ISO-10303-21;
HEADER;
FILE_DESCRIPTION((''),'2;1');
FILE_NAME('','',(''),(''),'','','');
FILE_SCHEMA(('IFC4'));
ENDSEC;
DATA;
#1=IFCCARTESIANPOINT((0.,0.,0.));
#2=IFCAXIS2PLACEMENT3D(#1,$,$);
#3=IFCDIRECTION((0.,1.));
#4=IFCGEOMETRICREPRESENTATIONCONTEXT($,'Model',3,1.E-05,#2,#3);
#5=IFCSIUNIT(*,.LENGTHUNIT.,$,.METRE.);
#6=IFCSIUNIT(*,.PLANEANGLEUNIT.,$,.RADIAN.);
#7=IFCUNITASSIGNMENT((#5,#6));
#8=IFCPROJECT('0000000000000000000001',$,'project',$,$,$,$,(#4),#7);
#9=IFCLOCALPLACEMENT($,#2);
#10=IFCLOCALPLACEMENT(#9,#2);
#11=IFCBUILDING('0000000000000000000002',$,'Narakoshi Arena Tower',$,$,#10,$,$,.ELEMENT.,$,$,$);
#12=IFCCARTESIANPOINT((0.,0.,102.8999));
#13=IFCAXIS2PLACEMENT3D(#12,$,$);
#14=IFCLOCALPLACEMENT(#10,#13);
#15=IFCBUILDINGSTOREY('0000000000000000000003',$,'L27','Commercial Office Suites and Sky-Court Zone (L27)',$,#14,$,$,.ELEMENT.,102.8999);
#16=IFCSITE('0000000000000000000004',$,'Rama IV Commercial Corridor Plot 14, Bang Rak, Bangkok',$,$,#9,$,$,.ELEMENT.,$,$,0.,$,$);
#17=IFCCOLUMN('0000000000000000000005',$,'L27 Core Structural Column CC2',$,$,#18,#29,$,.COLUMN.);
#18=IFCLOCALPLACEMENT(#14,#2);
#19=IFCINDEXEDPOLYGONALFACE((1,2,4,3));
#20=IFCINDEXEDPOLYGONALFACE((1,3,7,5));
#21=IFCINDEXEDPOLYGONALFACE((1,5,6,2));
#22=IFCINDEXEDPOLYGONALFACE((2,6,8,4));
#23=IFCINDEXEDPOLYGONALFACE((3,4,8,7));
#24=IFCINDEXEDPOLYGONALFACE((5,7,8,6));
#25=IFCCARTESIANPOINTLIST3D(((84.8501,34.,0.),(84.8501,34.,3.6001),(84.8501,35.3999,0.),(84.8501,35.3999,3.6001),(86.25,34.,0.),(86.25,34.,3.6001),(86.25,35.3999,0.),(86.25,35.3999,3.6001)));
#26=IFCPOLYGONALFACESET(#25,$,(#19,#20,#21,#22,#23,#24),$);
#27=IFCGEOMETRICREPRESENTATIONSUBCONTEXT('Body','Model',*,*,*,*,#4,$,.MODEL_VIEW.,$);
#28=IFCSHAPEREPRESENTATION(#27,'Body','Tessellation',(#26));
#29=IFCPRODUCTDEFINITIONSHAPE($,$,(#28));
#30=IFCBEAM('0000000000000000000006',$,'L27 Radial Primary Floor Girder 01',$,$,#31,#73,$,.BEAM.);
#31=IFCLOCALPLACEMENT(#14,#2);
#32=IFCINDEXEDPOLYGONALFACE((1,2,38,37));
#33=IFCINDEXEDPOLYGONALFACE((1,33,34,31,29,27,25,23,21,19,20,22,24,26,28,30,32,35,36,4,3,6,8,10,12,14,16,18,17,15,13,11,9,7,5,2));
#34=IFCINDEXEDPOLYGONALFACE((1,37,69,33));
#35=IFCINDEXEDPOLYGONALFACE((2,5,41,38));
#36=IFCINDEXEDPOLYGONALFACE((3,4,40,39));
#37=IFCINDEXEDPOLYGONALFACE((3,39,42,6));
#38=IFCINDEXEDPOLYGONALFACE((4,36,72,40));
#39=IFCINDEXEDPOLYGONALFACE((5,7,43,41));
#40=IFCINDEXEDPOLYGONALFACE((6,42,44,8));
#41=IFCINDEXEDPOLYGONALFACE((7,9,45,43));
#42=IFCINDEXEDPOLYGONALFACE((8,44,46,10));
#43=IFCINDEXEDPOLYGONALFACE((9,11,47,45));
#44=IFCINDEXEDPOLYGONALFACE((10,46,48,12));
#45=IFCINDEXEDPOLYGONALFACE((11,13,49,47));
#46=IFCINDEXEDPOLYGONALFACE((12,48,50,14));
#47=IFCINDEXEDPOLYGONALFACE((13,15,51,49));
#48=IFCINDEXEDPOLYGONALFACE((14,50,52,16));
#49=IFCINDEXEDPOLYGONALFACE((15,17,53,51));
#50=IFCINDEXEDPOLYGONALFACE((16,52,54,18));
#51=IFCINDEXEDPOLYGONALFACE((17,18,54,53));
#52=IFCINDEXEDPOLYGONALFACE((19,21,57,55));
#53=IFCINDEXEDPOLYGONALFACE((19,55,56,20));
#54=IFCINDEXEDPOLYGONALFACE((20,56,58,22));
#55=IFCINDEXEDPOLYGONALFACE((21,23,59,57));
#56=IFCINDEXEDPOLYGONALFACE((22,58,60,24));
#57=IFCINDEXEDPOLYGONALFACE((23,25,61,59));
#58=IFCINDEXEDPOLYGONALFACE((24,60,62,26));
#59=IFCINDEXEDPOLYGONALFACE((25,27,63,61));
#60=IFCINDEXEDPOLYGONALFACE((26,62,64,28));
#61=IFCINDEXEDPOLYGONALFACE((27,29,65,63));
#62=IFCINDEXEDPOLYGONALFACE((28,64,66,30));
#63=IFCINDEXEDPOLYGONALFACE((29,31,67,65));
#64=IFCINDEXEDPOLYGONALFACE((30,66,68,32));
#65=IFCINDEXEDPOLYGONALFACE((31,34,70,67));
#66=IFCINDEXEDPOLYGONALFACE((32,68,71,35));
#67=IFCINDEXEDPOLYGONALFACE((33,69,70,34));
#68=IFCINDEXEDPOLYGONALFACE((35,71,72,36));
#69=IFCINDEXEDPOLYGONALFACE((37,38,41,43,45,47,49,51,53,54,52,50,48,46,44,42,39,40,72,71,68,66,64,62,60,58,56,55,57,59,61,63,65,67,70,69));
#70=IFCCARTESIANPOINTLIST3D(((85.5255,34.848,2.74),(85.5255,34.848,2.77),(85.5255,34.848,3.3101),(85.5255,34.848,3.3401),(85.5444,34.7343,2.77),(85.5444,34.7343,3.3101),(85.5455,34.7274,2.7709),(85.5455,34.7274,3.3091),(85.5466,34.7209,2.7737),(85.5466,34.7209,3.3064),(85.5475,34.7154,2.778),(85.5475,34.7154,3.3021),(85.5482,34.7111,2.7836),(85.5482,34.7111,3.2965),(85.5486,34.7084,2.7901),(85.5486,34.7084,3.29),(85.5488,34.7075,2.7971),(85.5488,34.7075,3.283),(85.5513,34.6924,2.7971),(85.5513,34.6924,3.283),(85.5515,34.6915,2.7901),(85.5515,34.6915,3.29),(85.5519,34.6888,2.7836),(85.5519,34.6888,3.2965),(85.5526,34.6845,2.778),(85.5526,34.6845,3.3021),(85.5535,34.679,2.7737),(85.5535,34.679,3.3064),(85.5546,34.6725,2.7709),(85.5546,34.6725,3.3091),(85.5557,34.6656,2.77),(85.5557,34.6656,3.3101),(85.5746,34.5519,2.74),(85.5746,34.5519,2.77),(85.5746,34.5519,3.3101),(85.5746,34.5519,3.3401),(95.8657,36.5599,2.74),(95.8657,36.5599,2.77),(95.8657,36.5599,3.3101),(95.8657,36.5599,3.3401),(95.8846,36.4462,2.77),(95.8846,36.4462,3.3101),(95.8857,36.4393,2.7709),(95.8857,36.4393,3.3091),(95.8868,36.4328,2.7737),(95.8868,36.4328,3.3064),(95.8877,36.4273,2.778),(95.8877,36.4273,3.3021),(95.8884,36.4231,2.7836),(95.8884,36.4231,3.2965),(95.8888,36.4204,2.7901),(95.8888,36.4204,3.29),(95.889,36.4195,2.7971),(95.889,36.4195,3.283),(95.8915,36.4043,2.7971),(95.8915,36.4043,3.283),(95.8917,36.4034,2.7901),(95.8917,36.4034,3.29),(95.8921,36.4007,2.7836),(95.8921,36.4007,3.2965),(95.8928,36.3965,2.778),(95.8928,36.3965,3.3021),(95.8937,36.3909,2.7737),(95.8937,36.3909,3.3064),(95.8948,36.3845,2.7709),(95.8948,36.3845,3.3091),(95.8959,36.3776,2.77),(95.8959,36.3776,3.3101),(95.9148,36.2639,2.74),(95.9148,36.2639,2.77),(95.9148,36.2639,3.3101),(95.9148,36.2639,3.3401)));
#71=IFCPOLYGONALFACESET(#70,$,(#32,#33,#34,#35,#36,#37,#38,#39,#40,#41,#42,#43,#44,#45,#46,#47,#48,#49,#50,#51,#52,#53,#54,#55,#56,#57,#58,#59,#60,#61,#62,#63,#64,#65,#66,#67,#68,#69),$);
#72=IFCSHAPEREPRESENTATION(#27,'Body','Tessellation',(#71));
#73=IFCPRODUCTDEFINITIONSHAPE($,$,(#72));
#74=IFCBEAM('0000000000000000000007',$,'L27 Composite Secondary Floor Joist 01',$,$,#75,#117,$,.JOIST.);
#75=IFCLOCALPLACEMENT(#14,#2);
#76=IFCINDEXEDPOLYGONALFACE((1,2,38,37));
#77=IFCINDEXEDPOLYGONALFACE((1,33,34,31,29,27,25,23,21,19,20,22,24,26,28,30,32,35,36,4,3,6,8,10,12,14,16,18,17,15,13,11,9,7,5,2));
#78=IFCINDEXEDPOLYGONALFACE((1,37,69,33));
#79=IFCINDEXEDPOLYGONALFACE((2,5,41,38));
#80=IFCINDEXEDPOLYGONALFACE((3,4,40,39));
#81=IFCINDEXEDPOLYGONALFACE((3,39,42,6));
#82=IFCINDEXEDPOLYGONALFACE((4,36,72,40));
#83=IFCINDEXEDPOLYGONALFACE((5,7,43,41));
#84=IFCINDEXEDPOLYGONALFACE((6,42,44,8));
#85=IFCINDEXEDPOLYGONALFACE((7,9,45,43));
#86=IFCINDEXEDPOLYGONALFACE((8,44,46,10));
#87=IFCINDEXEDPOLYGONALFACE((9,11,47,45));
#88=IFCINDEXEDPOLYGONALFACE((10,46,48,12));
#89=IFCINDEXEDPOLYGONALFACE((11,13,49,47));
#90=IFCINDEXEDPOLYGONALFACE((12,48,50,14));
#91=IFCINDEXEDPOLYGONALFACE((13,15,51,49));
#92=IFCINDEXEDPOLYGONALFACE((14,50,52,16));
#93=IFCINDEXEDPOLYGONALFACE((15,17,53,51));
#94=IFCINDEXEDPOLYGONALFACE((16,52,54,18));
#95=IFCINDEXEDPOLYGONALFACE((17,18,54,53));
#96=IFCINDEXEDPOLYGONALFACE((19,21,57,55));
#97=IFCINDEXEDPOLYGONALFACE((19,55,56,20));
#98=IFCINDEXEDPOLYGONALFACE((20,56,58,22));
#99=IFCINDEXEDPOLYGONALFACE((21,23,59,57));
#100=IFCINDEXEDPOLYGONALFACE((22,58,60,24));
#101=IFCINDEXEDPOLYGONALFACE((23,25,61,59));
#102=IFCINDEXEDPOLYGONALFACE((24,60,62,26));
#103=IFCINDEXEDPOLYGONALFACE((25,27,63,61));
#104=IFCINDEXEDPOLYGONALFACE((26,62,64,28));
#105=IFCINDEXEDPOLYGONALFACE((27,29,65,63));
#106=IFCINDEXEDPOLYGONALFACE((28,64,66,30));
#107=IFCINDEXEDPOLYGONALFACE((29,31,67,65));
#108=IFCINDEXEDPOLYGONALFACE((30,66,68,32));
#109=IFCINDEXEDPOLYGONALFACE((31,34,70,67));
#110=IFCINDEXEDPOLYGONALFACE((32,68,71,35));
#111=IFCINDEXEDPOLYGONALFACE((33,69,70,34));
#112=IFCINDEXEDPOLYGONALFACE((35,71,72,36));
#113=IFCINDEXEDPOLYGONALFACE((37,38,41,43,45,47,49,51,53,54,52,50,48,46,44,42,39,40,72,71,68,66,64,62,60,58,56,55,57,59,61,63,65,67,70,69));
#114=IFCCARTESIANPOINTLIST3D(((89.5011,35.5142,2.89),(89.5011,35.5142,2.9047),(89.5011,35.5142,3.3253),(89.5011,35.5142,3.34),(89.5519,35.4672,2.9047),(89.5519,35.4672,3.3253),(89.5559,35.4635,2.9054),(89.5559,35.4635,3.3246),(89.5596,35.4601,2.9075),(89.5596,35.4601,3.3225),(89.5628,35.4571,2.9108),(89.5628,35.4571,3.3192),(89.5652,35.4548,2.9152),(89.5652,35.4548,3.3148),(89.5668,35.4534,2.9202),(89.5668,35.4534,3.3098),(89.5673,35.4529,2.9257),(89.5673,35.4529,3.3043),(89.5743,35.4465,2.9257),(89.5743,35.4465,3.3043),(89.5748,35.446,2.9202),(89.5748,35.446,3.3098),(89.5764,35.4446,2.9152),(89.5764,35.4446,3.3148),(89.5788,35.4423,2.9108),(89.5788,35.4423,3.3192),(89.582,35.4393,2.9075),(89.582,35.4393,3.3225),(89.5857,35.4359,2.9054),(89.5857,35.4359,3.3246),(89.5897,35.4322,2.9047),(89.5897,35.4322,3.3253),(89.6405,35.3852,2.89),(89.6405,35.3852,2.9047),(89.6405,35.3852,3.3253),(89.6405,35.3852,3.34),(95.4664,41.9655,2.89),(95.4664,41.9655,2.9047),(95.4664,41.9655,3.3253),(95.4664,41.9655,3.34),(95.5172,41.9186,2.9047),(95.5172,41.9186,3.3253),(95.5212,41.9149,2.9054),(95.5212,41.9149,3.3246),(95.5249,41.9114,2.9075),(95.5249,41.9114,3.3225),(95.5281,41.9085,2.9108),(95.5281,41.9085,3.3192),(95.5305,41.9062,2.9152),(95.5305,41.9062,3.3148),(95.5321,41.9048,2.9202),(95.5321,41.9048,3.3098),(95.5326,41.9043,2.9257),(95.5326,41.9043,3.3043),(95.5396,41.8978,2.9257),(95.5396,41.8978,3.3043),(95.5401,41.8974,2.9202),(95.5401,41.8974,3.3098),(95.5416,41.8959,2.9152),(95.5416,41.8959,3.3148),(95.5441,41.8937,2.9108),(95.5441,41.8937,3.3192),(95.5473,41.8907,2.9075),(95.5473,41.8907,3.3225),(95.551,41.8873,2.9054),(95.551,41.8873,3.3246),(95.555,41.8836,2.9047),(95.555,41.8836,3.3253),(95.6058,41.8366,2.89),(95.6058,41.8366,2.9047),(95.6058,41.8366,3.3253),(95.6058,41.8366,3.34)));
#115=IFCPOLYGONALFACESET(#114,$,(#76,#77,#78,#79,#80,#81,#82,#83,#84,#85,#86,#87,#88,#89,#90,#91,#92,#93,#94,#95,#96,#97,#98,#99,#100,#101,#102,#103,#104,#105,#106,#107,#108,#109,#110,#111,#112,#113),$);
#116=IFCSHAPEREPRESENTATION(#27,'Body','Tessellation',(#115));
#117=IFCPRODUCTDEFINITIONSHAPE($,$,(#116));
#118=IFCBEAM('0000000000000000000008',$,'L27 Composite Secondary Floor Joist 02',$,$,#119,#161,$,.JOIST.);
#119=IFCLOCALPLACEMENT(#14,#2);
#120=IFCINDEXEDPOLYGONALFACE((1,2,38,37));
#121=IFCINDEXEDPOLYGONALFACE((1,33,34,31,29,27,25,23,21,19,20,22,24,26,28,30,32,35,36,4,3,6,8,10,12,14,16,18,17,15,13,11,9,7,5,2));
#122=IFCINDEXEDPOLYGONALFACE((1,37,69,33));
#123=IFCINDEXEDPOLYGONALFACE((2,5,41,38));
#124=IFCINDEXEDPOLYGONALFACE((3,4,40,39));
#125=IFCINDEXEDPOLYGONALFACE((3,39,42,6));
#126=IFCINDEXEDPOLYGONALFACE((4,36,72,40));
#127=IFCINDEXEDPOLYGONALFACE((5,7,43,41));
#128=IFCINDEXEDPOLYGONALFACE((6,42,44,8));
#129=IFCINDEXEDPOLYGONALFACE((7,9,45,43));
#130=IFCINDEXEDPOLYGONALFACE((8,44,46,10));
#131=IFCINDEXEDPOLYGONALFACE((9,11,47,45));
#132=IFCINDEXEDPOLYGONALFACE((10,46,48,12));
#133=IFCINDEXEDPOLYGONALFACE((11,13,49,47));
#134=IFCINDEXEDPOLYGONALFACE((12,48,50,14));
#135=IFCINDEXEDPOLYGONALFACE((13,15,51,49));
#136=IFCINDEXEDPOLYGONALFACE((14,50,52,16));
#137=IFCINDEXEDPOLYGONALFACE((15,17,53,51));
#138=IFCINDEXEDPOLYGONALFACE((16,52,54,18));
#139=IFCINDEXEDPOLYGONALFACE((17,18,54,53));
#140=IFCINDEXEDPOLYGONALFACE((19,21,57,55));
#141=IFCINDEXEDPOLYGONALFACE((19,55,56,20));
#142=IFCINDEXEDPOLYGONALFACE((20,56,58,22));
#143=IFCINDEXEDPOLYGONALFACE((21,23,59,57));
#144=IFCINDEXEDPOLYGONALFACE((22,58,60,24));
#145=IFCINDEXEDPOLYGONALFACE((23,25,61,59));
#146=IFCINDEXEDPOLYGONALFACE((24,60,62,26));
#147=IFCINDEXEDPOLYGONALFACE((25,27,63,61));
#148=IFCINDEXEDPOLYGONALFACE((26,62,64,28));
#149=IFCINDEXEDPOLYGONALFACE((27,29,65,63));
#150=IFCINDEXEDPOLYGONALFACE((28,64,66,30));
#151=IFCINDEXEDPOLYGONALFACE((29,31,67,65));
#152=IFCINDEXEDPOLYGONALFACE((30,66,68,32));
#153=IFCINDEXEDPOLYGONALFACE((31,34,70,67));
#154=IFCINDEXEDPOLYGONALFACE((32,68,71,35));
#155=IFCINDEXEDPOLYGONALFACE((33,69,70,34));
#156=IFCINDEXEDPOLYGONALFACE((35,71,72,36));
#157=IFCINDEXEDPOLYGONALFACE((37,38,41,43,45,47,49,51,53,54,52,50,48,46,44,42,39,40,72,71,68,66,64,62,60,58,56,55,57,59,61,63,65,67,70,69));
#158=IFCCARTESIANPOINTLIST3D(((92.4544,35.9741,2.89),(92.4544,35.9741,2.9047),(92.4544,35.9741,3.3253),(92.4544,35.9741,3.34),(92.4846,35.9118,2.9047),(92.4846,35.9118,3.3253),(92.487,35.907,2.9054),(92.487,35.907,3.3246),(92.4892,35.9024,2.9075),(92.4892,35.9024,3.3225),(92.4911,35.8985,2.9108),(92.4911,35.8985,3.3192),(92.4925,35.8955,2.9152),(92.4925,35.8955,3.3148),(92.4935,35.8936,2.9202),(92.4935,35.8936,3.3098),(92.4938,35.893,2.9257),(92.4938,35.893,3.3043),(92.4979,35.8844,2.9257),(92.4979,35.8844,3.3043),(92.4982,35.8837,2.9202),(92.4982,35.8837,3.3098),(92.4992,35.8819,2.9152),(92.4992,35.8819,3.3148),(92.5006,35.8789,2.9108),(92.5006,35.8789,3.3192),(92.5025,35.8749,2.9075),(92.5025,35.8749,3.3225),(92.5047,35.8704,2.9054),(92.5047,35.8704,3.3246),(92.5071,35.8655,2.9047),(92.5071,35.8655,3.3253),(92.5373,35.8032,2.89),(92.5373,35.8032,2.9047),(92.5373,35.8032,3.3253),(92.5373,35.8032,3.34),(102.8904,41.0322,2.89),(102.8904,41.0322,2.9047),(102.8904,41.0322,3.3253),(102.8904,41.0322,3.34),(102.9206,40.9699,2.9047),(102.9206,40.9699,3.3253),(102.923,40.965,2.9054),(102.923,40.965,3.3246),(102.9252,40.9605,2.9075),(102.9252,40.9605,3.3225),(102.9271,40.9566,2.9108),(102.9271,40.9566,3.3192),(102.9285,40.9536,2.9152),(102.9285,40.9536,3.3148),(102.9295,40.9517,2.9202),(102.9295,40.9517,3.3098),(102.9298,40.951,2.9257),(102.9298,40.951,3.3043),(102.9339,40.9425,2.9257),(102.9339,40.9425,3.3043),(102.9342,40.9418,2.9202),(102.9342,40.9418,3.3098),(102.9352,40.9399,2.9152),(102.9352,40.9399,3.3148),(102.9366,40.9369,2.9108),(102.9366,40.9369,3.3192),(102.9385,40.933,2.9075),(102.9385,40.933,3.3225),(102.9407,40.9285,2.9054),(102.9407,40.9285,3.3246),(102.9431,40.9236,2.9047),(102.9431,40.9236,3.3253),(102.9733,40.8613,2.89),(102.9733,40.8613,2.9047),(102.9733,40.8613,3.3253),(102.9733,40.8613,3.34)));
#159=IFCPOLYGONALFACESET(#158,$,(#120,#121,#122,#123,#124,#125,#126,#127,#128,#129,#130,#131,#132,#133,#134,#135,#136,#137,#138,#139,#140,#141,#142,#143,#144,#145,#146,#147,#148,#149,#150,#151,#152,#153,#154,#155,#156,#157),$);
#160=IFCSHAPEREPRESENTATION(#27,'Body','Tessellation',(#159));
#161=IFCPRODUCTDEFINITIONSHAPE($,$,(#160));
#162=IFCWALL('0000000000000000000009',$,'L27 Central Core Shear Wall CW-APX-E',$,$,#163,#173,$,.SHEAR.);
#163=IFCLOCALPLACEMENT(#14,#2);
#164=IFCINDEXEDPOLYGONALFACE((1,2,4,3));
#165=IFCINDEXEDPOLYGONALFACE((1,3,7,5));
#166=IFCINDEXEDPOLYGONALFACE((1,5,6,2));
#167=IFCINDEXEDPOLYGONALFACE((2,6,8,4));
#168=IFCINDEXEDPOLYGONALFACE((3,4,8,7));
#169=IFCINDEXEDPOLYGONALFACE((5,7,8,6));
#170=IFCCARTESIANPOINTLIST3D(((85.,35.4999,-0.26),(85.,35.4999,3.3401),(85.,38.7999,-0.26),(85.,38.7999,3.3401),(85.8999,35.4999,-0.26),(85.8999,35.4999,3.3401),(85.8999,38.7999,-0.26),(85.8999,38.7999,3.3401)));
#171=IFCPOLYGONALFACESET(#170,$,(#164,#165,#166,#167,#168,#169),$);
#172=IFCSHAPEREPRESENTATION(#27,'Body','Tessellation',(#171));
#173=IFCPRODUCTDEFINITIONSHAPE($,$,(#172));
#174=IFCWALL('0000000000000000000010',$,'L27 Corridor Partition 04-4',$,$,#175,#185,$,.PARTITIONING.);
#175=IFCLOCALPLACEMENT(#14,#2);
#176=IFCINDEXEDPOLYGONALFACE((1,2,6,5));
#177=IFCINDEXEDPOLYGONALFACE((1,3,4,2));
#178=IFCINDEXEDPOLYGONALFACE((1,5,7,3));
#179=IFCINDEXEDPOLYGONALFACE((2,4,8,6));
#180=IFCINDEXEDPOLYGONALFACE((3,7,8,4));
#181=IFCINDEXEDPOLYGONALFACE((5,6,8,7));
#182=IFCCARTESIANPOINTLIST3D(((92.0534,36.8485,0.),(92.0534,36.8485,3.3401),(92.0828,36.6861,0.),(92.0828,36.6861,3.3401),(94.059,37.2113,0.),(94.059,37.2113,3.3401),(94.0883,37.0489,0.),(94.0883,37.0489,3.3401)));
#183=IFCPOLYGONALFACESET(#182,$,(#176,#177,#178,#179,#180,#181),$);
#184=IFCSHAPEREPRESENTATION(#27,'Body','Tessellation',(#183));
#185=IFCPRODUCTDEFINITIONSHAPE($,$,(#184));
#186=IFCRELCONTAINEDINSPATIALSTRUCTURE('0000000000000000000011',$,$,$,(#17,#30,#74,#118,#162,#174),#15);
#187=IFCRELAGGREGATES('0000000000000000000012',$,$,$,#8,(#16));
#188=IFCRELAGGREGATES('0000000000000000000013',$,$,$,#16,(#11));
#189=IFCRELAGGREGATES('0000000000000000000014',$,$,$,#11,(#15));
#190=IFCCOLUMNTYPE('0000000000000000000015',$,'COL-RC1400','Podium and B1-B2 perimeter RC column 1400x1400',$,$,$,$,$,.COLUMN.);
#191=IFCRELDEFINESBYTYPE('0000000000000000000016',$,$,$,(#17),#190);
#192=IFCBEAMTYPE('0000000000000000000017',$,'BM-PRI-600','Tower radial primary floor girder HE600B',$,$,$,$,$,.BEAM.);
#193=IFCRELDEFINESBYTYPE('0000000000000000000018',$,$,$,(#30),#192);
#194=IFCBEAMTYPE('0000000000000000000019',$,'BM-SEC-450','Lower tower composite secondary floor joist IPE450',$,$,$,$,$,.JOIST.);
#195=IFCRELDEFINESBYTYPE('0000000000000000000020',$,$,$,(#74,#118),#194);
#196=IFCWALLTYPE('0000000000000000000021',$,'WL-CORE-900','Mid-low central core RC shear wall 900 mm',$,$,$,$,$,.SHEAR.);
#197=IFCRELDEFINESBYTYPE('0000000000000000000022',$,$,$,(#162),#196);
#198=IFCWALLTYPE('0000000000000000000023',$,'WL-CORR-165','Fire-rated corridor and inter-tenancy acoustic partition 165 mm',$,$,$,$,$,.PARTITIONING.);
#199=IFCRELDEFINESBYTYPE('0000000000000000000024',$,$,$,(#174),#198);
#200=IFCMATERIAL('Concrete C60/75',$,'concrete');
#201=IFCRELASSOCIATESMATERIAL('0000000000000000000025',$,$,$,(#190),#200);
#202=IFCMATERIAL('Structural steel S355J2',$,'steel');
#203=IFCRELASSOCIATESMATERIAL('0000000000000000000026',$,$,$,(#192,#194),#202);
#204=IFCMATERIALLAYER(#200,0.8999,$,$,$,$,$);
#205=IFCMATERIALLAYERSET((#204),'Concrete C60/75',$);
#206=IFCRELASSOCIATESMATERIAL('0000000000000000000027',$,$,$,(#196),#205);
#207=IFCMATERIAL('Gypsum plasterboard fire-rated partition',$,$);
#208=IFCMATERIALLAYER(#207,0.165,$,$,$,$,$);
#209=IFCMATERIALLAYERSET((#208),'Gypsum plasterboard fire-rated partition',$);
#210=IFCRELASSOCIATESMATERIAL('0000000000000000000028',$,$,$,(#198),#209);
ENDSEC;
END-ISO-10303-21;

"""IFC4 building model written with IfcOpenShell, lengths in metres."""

from ifc_helpers import new_model, si_unit, direction, frame, frame_2d, origin, origin_2d, place, context, subcontext, project, spatial, rectangle, i_section, extrude, material, layer, layer_set, material_profile, profile_set, type_object, element, save


model = new_model("IFC4")

# Units and contexts
model_context = context("Model", 3, precision=1e-05, world=origin(), true_north=direction((0.0, 1.0)))
body_context = subcontext(model_context, "Body", "Model", "MODEL_VIEW")
ifc_project = project(units=[si_unit("LENGTHUNIT", "METRE"), si_unit("PLANEANGLEUNIT", "RADIAN")], contexts=[model_context])

# Site, building, storey
site_placement = place(None, origin())
site = spatial("IfcSite", under=ifc_project, at=site_placement, Name="Rama IV Commercial Corridor Plot 14, Bang Rak, Bangkok", CompositionType="ELEMENT", RefElevation=0.0)
building_placement = place(site_placement, origin())
building = spatial("IfcBuilding", under=site, at=building_placement, Name="Narakoshi Arena Tower", CompositionType="ELEMENT")
storey_placement = place(building_placement, frame((0.0, 0.0, 102.8999)))
storey = spatial("IfcBuildingStorey", under=building, at=storey_placement, Name="L27", Description="Commercial Office Suites and Sky-Court Zone (L27)", CompositionType="ELEMENT", Elevation=102.8999)

# Column
ifc_material_1 = material(Name="Concrete C60/75", Category="concrete")
ifc_material_profile_1 = material_profile(ifc_material_1, rectangle(XDim=1.3999, YDim=1.3999, at=origin_2d()), Name="RC1400x1400")
ifc_profile_set_1 = profile_set([ifc_material_profile_1], Name="Concrete C60/75")
column_type = type_object("IfcColumnType", Name="COL-RC1400", Description="Podium and B1-B2 perimeter RC column 1400x1400", PredefinedType="COLUMN", material=ifc_profile_set_1)
column_placement = place(storey_placement, frame((85.55, 34.7, 0.0), z_axis=(0.0, 0.0, 1.0), x_axis=(1.0, 0.0, 0.0)))
element("IfcColumn", 1, at=column_placement, inside=storey, type_object=column_type, Name="L27 Core Structural Column CC2", PredefinedType="COLUMN", context=body_context, shape_type="SweptSolid", body=[
    extrude(rectangle(XDim=1.3999, YDim=1.3999, at=origin_2d()), origin(), (0.0, 0.0, 1.0), 3.6001),
])

# Beams
ifc_material_2 = material(Name="Structural steel S355J2", Category="steel")
ifc_material_profile_2 = material_profile(ifc_material_2, i_section(OverallWidth=0.3, OverallDepth=0.6001, WebThickness=0.0154, FlangeThickness=0.03, FilletRadius=0.0271, at=origin_2d()), Name="HE600B")
ifc_profile_set_2 = profile_set([ifc_material_profile_2], Name="Structural steel S355J2")
beam_type_1 = type_object("IfcBeamType", Name="BM-PRI-600", Description="Tower radial primary floor girder HE600B", PredefinedType="BEAM", material=ifc_profile_set_2)
beam_1_placement = place(storey_placement, frame((85.55, 34.7, 3.04), z_axis=(0.98657, 0.163337, 0.0), x_axis=(-0.163337, 0.98657, 0.0)))
element("IfcBeam", 2, at=beam_1_placement, inside=storey, type_object=beam_type_1, Name="L27 Radial Primary Floor Girder 01", PredefinedType="BEAM", context=body_context, shape_type="SweptSolid", body=[
    extrude(i_section(OverallWidth=0.3, OverallDepth=0.6001, WebThickness=0.0154, FlangeThickness=0.03, FilletRadius=0.0271, at=origin_2d()), origin(), (0.0, 0.0, 1.0), 10.481),
])
ifc_material_profile_3 = material_profile(ifc_material_2, i_section(OverallWidth=0.1899, OverallDepth=0.45, WebThickness=0.0095, FlangeThickness=0.0146, FilletRadius=0.021, at=origin_2d()), Name="IPE450")
ifc_profile_set_3 = profile_set([ifc_material_profile_3], Name="Structural steel S355J2")
beam_type_2 = type_object("IfcBeamType", Name="BM-SEC-450", Description="Lower tower composite secondary floor joist IPE450", PredefinedType="JOIST", material=ifc_profile_set_3)
beam_2_placement = place(storey_placement, frame((89.5708, 35.4497, 3.115), z_axis=(0.678905, 0.734226, 0.0), x_axis=(-0.734226, 0.678905, 0.0)))
element("IfcBeam", 3, at=beam_2_placement, inside=storey, type_object=beam_type_2, Name="L27 Composite Secondary Floor Joist 01", PredefinedType="JOIST", context=body_context, shape_type="SweptSolid", body=[
    extrude(i_section(OverallWidth=0.1899, OverallDepth=0.45, WebThickness=0.0095, FlangeThickness=0.0146, FilletRadius=0.021, at=origin_2d()), origin(), (0.0, 0.0, 1.0), 8.7866),
])
beam_3_placement = place(storey_placement, frame((92.4958, 35.8887, 3.115), z_axis=(0.899875, 0.436149, 0.0), x_axis=(-0.436149, 0.899875, 0.0)))
element("IfcBeam", 4, at=beam_3_placement, inside=storey, type_object=beam_type_2, Name="L27 Composite Secondary Floor Joist 02", PredefinedType="JOIST", context=body_context, shape_type="SweptSolid", body=[
    extrude(i_section(OverallWidth=0.1899, OverallDepth=0.45, WebThickness=0.0095, FlangeThickness=0.0146, FilletRadius=0.021, at=origin_2d()), origin(), (0.0, 0.0, 1.0), 11.5972),
])

# Walls
ifc_layer_1 = layer(ifc_material_1, 0.8999)
ifc_layer_set_1 = layer_set([ifc_layer_1], Name="Concrete C60/75")
wall_type_1 = type_object("IfcWallType", Name="WL-CORE-900", Description="Mid-low central core RC shear wall 900 mm", PredefinedType="SHEAR", material=ifc_layer_set_1)
wall_1_placement = place(storey_placement, frame((85.45, 35.5, -0.26), z_axis=(0.0, 0.0, 1.0), x_axis=(0.0, 1.0, 0.0)))
element("IfcWall", 5, at=wall_1_placement, inside=storey, type_object=wall_type_1, Name="L27 Central Core Shear Wall CW-APX-E", PredefinedType="SHEAR", context=body_context, shape_type="SweptSolid", body=[
    extrude(rectangle(XDim=3.3, YDim=0.8999, at=frame_2d((1.6499, 0.0))), origin(), (0.0, 0.0, 1.0), 3.6001),
])
ifc_material_3 = material(Name="Gypsum plasterboard fire-rated partition")
ifc_layer_2 = layer(ifc_material_3, 0.165)
ifc_layer_set_2 = layer_set([ifc_layer_2], Name="Gypsum plasterboard fire-rated partition")
wall_type_2 = type_object("IfcWallType", Name="WL-CORR-165", Description="Fire-rated corridor and inter-tenancy acoustic partition 165 mm", PredefinedType="PARTITIONING", material=ifc_layer_set_2)
wall_2_placement = place(storey_placement, frame((92.0681, 36.7673, 0.0), z_axis=(0.0, 0.0, 1.0), x_axis=(0.984031, 0.178, 0.0)))
element("IfcWall", 6, at=wall_2_placement, inside=storey, type_object=wall_type_2, Name="L27 Corridor Partition 04-4", PredefinedType="PARTITIONING", context=body_context, shape_type="SweptSolid", body=[
    extrude(rectangle(XDim=2.0381, YDim=0.165, at=frame_2d((1.019, 0.0))), origin(), (0.0, 0.0, 1.0), 3.3401),
])

save(model, "model.ifc")
